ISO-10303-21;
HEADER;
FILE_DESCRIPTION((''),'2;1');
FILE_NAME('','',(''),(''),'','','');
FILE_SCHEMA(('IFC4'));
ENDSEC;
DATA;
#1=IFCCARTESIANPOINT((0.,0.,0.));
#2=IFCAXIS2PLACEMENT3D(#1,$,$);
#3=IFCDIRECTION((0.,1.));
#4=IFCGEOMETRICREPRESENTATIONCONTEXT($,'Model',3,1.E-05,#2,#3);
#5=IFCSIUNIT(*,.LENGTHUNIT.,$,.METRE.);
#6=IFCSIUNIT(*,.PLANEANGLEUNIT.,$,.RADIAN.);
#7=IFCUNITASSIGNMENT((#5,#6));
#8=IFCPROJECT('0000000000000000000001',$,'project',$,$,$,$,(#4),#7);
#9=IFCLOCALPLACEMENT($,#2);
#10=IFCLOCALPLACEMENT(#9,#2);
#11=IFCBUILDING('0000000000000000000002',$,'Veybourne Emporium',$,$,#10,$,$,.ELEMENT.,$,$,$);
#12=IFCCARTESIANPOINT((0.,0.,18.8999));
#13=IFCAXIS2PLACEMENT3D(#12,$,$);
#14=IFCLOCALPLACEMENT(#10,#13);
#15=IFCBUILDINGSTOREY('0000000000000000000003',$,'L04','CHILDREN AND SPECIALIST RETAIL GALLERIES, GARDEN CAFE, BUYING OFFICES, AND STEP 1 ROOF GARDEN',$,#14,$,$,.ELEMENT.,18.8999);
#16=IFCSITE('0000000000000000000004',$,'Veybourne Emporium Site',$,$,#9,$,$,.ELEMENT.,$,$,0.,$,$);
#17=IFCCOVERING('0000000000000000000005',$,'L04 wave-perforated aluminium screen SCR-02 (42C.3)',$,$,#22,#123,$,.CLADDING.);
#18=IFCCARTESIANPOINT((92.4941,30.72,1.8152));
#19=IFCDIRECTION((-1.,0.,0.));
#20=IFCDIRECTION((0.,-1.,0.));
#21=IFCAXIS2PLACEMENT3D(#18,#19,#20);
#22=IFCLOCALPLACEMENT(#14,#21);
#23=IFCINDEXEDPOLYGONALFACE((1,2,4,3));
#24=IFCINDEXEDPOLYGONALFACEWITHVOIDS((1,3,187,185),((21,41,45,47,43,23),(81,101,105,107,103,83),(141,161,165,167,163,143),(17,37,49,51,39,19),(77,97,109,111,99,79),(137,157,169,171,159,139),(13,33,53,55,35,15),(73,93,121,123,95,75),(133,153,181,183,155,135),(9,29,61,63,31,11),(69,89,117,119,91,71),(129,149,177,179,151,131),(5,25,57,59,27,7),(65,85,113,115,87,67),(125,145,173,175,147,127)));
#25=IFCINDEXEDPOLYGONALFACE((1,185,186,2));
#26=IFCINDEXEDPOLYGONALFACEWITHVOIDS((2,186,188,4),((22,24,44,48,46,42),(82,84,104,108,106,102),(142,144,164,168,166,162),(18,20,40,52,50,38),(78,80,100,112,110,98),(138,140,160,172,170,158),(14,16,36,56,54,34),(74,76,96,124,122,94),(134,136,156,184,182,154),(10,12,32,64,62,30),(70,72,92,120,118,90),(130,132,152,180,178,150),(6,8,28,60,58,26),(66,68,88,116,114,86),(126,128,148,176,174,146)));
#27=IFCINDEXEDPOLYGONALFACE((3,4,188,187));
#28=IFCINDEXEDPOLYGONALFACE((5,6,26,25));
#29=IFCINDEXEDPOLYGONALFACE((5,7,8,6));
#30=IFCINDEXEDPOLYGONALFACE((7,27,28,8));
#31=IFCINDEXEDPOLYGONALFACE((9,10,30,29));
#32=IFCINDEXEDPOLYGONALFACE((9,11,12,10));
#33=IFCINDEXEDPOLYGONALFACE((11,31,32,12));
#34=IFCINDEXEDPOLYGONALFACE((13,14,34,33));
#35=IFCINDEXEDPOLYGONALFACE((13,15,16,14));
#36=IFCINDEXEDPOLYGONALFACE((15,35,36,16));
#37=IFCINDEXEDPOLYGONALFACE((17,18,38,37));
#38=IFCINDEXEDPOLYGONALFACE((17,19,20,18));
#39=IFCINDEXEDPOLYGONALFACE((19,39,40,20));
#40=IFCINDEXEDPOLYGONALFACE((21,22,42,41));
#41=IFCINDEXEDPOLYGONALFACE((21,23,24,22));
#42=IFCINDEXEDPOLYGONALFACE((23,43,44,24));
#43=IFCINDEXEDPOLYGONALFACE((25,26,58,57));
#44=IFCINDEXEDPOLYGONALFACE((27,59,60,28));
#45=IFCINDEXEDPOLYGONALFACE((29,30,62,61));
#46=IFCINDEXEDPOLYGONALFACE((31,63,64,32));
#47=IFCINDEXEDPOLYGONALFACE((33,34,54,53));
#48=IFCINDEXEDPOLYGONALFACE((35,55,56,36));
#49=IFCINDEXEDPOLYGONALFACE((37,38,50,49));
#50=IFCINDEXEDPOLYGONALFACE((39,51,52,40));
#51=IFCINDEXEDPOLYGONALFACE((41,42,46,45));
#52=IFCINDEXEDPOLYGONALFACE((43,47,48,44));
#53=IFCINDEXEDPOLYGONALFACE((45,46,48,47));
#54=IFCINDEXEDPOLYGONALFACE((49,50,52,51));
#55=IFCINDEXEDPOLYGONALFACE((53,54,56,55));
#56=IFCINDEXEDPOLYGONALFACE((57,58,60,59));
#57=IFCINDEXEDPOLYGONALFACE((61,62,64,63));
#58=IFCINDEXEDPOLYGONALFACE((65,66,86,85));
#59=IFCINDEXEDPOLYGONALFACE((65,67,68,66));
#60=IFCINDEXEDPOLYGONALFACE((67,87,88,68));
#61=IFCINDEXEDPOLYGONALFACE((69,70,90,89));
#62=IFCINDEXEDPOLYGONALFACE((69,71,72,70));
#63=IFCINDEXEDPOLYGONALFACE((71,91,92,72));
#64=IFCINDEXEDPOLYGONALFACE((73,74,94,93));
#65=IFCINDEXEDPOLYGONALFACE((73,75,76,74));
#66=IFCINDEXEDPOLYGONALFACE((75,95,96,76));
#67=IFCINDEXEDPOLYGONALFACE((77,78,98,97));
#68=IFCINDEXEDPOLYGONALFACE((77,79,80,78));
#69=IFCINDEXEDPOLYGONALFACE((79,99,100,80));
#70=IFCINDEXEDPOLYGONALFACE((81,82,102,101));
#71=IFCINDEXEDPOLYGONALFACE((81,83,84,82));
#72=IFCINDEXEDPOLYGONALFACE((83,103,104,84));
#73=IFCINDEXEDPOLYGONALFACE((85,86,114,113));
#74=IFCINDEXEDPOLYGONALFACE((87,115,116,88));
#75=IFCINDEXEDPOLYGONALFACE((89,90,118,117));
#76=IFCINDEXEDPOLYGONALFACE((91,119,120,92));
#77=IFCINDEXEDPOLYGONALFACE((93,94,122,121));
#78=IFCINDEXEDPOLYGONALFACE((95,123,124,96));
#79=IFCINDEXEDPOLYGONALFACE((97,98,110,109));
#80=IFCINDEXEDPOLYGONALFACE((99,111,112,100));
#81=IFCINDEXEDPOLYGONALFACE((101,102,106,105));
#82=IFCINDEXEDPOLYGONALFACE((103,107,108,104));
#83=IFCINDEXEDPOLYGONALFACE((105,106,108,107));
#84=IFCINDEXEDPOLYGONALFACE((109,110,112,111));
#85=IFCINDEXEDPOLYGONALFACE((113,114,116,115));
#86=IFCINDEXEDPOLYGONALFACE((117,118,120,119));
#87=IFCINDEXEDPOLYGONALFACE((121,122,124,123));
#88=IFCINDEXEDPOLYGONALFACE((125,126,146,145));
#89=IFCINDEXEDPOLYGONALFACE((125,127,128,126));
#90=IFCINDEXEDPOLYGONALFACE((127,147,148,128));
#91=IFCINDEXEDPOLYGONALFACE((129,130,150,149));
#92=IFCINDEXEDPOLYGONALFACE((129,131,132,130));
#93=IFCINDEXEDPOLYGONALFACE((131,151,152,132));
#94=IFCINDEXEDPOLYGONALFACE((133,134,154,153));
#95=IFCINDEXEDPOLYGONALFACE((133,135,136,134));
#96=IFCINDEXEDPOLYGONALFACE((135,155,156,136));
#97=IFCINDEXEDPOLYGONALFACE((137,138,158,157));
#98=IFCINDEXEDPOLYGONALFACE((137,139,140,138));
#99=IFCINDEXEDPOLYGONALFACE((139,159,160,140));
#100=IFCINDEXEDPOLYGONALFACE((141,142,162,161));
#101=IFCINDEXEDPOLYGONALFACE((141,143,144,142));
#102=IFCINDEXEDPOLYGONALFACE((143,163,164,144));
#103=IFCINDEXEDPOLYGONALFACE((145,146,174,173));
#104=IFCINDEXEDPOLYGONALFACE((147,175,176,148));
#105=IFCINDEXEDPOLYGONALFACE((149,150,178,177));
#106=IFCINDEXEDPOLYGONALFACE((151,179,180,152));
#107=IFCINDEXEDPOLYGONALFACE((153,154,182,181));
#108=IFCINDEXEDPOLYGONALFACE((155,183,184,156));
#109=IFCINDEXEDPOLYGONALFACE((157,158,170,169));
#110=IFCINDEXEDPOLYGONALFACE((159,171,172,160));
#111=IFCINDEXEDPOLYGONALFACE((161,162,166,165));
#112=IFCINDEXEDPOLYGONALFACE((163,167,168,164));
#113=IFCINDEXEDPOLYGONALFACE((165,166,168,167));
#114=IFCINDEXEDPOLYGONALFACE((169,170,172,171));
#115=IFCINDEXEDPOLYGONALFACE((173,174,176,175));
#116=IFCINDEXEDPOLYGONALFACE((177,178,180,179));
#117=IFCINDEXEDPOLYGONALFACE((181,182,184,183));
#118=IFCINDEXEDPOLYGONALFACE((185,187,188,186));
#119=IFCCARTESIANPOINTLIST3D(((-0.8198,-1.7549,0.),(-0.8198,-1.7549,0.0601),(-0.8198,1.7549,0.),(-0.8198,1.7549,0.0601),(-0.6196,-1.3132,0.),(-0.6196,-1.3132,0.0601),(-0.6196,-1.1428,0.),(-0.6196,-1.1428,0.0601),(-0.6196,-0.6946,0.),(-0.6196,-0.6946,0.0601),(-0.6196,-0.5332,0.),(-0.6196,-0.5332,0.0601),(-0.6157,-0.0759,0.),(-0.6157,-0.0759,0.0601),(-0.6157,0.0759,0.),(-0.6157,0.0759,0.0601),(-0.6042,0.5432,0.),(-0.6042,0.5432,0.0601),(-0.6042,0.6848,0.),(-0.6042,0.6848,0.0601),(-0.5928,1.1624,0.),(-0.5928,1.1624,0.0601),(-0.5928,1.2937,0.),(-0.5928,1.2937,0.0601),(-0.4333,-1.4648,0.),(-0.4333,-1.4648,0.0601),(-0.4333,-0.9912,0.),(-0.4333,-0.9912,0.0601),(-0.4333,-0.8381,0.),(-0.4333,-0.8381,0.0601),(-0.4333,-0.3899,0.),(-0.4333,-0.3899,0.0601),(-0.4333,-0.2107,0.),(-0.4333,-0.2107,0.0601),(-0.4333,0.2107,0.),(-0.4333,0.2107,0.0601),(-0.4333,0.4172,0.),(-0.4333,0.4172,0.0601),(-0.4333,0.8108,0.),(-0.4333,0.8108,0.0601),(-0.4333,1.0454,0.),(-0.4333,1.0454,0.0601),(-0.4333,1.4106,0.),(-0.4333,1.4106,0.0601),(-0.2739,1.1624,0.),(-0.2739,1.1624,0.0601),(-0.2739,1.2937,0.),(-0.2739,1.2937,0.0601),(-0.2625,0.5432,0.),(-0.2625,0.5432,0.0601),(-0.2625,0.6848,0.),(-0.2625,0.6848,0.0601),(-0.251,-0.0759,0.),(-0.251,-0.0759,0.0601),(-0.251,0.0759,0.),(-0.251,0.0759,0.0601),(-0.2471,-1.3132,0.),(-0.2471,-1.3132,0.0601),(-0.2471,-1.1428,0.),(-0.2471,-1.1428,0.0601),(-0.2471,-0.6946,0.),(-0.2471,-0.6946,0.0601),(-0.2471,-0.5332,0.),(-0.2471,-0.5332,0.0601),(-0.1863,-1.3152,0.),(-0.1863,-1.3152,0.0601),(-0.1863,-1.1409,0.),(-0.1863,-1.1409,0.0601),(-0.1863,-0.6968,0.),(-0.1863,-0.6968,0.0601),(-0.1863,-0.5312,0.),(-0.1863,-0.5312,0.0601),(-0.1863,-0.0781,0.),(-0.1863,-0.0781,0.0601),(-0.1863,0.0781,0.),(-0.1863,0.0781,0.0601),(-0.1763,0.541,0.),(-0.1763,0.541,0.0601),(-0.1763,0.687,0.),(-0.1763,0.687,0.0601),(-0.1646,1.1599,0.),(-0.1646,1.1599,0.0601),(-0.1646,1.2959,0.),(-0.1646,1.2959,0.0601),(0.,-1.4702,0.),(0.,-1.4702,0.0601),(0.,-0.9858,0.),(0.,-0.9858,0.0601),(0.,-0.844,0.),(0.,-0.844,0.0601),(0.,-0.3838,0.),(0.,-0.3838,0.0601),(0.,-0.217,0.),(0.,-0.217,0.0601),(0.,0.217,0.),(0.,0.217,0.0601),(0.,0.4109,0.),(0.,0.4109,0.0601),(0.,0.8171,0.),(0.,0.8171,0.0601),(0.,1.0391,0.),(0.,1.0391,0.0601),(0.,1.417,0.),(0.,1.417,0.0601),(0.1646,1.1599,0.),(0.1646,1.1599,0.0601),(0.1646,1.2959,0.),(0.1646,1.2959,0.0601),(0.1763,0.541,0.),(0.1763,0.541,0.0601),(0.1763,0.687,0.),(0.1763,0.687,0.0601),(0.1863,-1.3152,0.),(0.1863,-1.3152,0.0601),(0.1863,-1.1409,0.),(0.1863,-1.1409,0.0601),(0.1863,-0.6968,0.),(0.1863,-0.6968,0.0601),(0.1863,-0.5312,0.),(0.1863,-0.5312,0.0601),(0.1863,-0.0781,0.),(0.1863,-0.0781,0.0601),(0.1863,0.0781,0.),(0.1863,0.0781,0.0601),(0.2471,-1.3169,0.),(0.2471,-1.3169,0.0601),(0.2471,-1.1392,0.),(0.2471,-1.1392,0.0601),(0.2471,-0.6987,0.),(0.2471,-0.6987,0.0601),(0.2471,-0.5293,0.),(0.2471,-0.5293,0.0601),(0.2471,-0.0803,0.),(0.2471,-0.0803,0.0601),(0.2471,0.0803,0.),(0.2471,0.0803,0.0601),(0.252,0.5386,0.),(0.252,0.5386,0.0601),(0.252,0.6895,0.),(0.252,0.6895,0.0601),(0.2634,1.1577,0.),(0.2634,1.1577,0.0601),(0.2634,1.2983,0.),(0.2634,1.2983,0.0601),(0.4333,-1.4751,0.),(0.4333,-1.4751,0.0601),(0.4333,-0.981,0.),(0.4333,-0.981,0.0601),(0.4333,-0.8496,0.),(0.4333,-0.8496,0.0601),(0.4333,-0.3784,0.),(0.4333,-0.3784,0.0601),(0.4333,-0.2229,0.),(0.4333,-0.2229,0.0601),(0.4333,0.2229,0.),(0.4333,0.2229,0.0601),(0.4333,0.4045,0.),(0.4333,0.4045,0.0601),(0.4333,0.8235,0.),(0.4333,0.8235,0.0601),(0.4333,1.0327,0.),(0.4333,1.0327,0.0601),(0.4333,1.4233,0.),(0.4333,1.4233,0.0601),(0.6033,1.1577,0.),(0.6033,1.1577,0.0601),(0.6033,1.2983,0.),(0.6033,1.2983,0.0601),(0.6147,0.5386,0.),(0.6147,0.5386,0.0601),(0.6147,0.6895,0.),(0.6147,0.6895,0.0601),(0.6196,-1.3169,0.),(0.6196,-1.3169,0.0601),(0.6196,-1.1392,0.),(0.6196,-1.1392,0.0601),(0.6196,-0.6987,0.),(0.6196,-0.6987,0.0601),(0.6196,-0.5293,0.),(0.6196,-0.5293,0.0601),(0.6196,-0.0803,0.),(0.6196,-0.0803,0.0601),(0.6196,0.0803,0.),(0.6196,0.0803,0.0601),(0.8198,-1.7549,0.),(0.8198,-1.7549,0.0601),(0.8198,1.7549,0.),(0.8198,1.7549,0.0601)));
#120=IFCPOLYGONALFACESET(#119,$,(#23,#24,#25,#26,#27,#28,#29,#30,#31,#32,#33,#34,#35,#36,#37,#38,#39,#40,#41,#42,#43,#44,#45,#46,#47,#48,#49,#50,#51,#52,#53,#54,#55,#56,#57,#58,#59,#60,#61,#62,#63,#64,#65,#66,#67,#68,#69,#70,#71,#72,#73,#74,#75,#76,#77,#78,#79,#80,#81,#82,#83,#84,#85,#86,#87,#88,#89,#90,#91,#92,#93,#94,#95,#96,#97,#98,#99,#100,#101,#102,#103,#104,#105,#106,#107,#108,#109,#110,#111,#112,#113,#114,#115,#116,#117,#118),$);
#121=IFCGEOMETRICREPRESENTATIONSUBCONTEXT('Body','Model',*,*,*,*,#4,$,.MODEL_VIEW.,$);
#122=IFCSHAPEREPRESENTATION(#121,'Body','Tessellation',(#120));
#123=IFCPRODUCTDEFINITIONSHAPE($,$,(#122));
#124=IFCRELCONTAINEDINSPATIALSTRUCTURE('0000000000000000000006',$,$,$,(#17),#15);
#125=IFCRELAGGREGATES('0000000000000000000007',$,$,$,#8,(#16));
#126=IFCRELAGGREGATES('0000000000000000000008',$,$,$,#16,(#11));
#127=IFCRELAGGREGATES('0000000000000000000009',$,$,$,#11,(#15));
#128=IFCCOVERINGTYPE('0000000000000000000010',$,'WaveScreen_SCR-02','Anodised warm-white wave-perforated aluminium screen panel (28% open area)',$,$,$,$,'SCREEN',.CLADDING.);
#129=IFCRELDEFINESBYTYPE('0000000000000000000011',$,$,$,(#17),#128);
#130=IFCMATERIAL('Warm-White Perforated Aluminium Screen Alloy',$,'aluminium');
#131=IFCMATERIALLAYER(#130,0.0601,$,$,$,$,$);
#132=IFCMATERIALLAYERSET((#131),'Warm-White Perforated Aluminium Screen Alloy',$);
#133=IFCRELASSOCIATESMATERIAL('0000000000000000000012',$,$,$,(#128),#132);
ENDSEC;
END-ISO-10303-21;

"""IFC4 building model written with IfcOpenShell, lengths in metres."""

from ifc_helpers import new_model, si_unit, direction, frame, origin, place, context, subcontext, project, spatial, polyline, outline, extrude, material, layer, layer_set, type_object, element, save


model = new_model("IFC4")

# Units and contexts
model_context = context("Model", 3, precision=1e-05, world=origin(), true_north=direction((0.0, 1.0)))
body_context = subcontext(model_context, "Body", "Model", "MODEL_VIEW")
ifc_project = project(units=[si_unit("LENGTHUNIT", "METRE"), si_unit("PLANEANGLEUNIT", "RADIAN")], contexts=[model_context])

# Site, building, storey
site_placement = place(None, origin())
site = spatial("IfcSite", under=ifc_project, at=site_placement, Name="Veybourne Emporium Site", CompositionType="ELEMENT", RefElevation=0.0)
building_placement = place(site_placement, origin())
building = spatial("IfcBuilding", under=site, at=building_placement, Name="Veybourne Emporium", CompositionType="ELEMENT")
storey_placement = place(building_placement, frame((0.0, 0.0, 18.8999)))
storey = spatial("IfcBuildingStorey", under=building, at=storey_placement, Name="L04", Description="CHILDREN AND SPECIALIST RETAIL GALLERIES, GARDEN CAFE, BUYING OFFICES, AND STEP 1 ROOF GARDEN", CompositionType="ELEMENT", Elevation=18.8999)

# Covering
ifc_material_1 = material(Name="Warm-White Perforated Aluminium Screen Alloy", Category="aluminium")
ifc_layer_1 = layer(ifc_material_1, 0.0601)
ifc_layer_set_1 = layer_set([ifc_layer_1], Name="Warm-White Perforated Aluminium Screen Alloy")
covering_type_1 = type_object("IfcCoveringType", Name="WaveScreen_SCR-02", Description="Anodised warm-white wave-perforated aluminium screen panel (28% open area)", ElementType="SCREEN", PredefinedType="CLADDING", material=ifc_layer_set_1)
covering_1_placement = place(storey_placement, frame((92.4941, 30.72, 1.8152), z_axis=(-1.0, 0.0, 0.0), x_axis=(0.0, -1.0, 0.0)))
element("IfcCovering", 1, at=covering_1_placement, inside=storey, type_object=covering_type_1, Name="L04 wave-perforated aluminium screen SCR-02 (42C.3)", PredefinedType="CLADDING", context=body_context, shape_type="SweptSolid", body=[
    extrude(outline(polyline([(-0.8198, -1.7549), (0.8198, -1.7549), (0.8198, 1.7549), (-0.8198, 1.7549), (-0.8198, -1.7549)]), holes=[polyline([(-0.4333, -0.9912), (-0.2471, -1.1428), (-0.2471, -1.3132), (-0.4333, -1.4648), (-0.6196, -1.3132), (-0.6196, -1.1428), (-0.4333, -0.9912)]), polyline([(-0.4333, -0.3899), (-0.2471, -0.5332), (-0.2471, -0.6946), (-0.4333, -0.8381), (-0.6196, -0.6946), (-0.6196, -0.5332), (-0.4333, -0.3899)]), polyline([(-0.4333, 0.2107), (-0.251, 0.0759), (-0.251, -0.0759), (-0.4333, -0.2107), (-0.6157, -0.0759), (-0.6157, 0.0759), (-0.4333, 0.2107)]), polyline([(-0.4333, 0.8108), (-0.2625, 0.6848), (-0.2625, 0.5432), (-0.4333, 0.4172), (-0.6042, 0.5432), (-0.6042, 0.6848), (-0.4333, 0.8108)]), polyline([(-0.4333, 1.4106), (-0.2739, 1.2937), (-0.2739, 1.1624), (-0.4333, 1.0454), (-0.5928, 1.1624), (-0.5928, 1.2937), (-0.4333, 1.4106)]), polyline([(0.0, -0.9858), (0.1863, -1.1409), (0.1863, -1.3152), (0.0, -1.4702), (-0.1863, -1.3152), (-0.1863, -1.1409), (0.0, -0.9858)]), polyline([(0.0, -0.3838), (0.1863, -0.5312), (0.1863, -0.6968), (0.0, -0.844), (-0.1863, -0.6968), (-0.1863, -0.5312), (0.0, -0.3838)]), polyline([(0.0, 0.217), (0.1863, 0.0781), (0.1863, -0.0781), (0.0, -0.217), (-0.1863, -0.0781), (-0.1863, 0.0781), (0.0, 0.217)]), polyline([(0.0, 0.8171), (0.1763, 0.687), (0.1763, 0.541), (0.0, 0.4109), (-0.1763, 0.541), (-0.1763, 0.687), (0.0, 0.8171)]), polyline([(0.0, 1.417), (0.1646, 1.2959), (0.1646, 1.1599), (0.0, 1.0391), (-0.1646, 1.1599), (-0.1646, 1.2959), (0.0, 1.417)]), polyline([(0.4333, -0.981), (0.6196, -1.1392), (0.6196, -1.3169), (0.4333, -1.4751), (0.2471, -1.3169), (0.2471, -1.1392), (0.4333, -0.981)]), polyline([(0.4333, -0.3784), (0.6196, -0.5293), (0.6196, -0.6987), (0.4333, -0.8496), (0.2471, -0.6987), (0.2471, -0.5293), (0.4333, -0.3784)]), polyline([(0.4333, 0.2229), (0.6196, 0.0803), (0.6196, -0.0803), (0.4333, -0.2229), (0.2471, -0.0803), (0.2471, 0.0803), (0.4333, 0.2229)]), polyline([(0.4333, 0.8235), (0.6147, 0.6895), (0.6147, 0.5386), (0.4333, 0.4045), (0.252, 0.5386), (0.252, 0.6895), (0.4333, 0.8235)]), polyline([(0.4333, 1.4233), (0.6033, 1.2983), (0.6033, 1.1577), (0.4333, 1.0327), (0.2634, 1.1577), (0.2634, 1.2983), (0.4333, 1.4233)])]), origin(), (0.0, 0.0, 1.0), 0.0601),
])

save(model, "model.ifc")
